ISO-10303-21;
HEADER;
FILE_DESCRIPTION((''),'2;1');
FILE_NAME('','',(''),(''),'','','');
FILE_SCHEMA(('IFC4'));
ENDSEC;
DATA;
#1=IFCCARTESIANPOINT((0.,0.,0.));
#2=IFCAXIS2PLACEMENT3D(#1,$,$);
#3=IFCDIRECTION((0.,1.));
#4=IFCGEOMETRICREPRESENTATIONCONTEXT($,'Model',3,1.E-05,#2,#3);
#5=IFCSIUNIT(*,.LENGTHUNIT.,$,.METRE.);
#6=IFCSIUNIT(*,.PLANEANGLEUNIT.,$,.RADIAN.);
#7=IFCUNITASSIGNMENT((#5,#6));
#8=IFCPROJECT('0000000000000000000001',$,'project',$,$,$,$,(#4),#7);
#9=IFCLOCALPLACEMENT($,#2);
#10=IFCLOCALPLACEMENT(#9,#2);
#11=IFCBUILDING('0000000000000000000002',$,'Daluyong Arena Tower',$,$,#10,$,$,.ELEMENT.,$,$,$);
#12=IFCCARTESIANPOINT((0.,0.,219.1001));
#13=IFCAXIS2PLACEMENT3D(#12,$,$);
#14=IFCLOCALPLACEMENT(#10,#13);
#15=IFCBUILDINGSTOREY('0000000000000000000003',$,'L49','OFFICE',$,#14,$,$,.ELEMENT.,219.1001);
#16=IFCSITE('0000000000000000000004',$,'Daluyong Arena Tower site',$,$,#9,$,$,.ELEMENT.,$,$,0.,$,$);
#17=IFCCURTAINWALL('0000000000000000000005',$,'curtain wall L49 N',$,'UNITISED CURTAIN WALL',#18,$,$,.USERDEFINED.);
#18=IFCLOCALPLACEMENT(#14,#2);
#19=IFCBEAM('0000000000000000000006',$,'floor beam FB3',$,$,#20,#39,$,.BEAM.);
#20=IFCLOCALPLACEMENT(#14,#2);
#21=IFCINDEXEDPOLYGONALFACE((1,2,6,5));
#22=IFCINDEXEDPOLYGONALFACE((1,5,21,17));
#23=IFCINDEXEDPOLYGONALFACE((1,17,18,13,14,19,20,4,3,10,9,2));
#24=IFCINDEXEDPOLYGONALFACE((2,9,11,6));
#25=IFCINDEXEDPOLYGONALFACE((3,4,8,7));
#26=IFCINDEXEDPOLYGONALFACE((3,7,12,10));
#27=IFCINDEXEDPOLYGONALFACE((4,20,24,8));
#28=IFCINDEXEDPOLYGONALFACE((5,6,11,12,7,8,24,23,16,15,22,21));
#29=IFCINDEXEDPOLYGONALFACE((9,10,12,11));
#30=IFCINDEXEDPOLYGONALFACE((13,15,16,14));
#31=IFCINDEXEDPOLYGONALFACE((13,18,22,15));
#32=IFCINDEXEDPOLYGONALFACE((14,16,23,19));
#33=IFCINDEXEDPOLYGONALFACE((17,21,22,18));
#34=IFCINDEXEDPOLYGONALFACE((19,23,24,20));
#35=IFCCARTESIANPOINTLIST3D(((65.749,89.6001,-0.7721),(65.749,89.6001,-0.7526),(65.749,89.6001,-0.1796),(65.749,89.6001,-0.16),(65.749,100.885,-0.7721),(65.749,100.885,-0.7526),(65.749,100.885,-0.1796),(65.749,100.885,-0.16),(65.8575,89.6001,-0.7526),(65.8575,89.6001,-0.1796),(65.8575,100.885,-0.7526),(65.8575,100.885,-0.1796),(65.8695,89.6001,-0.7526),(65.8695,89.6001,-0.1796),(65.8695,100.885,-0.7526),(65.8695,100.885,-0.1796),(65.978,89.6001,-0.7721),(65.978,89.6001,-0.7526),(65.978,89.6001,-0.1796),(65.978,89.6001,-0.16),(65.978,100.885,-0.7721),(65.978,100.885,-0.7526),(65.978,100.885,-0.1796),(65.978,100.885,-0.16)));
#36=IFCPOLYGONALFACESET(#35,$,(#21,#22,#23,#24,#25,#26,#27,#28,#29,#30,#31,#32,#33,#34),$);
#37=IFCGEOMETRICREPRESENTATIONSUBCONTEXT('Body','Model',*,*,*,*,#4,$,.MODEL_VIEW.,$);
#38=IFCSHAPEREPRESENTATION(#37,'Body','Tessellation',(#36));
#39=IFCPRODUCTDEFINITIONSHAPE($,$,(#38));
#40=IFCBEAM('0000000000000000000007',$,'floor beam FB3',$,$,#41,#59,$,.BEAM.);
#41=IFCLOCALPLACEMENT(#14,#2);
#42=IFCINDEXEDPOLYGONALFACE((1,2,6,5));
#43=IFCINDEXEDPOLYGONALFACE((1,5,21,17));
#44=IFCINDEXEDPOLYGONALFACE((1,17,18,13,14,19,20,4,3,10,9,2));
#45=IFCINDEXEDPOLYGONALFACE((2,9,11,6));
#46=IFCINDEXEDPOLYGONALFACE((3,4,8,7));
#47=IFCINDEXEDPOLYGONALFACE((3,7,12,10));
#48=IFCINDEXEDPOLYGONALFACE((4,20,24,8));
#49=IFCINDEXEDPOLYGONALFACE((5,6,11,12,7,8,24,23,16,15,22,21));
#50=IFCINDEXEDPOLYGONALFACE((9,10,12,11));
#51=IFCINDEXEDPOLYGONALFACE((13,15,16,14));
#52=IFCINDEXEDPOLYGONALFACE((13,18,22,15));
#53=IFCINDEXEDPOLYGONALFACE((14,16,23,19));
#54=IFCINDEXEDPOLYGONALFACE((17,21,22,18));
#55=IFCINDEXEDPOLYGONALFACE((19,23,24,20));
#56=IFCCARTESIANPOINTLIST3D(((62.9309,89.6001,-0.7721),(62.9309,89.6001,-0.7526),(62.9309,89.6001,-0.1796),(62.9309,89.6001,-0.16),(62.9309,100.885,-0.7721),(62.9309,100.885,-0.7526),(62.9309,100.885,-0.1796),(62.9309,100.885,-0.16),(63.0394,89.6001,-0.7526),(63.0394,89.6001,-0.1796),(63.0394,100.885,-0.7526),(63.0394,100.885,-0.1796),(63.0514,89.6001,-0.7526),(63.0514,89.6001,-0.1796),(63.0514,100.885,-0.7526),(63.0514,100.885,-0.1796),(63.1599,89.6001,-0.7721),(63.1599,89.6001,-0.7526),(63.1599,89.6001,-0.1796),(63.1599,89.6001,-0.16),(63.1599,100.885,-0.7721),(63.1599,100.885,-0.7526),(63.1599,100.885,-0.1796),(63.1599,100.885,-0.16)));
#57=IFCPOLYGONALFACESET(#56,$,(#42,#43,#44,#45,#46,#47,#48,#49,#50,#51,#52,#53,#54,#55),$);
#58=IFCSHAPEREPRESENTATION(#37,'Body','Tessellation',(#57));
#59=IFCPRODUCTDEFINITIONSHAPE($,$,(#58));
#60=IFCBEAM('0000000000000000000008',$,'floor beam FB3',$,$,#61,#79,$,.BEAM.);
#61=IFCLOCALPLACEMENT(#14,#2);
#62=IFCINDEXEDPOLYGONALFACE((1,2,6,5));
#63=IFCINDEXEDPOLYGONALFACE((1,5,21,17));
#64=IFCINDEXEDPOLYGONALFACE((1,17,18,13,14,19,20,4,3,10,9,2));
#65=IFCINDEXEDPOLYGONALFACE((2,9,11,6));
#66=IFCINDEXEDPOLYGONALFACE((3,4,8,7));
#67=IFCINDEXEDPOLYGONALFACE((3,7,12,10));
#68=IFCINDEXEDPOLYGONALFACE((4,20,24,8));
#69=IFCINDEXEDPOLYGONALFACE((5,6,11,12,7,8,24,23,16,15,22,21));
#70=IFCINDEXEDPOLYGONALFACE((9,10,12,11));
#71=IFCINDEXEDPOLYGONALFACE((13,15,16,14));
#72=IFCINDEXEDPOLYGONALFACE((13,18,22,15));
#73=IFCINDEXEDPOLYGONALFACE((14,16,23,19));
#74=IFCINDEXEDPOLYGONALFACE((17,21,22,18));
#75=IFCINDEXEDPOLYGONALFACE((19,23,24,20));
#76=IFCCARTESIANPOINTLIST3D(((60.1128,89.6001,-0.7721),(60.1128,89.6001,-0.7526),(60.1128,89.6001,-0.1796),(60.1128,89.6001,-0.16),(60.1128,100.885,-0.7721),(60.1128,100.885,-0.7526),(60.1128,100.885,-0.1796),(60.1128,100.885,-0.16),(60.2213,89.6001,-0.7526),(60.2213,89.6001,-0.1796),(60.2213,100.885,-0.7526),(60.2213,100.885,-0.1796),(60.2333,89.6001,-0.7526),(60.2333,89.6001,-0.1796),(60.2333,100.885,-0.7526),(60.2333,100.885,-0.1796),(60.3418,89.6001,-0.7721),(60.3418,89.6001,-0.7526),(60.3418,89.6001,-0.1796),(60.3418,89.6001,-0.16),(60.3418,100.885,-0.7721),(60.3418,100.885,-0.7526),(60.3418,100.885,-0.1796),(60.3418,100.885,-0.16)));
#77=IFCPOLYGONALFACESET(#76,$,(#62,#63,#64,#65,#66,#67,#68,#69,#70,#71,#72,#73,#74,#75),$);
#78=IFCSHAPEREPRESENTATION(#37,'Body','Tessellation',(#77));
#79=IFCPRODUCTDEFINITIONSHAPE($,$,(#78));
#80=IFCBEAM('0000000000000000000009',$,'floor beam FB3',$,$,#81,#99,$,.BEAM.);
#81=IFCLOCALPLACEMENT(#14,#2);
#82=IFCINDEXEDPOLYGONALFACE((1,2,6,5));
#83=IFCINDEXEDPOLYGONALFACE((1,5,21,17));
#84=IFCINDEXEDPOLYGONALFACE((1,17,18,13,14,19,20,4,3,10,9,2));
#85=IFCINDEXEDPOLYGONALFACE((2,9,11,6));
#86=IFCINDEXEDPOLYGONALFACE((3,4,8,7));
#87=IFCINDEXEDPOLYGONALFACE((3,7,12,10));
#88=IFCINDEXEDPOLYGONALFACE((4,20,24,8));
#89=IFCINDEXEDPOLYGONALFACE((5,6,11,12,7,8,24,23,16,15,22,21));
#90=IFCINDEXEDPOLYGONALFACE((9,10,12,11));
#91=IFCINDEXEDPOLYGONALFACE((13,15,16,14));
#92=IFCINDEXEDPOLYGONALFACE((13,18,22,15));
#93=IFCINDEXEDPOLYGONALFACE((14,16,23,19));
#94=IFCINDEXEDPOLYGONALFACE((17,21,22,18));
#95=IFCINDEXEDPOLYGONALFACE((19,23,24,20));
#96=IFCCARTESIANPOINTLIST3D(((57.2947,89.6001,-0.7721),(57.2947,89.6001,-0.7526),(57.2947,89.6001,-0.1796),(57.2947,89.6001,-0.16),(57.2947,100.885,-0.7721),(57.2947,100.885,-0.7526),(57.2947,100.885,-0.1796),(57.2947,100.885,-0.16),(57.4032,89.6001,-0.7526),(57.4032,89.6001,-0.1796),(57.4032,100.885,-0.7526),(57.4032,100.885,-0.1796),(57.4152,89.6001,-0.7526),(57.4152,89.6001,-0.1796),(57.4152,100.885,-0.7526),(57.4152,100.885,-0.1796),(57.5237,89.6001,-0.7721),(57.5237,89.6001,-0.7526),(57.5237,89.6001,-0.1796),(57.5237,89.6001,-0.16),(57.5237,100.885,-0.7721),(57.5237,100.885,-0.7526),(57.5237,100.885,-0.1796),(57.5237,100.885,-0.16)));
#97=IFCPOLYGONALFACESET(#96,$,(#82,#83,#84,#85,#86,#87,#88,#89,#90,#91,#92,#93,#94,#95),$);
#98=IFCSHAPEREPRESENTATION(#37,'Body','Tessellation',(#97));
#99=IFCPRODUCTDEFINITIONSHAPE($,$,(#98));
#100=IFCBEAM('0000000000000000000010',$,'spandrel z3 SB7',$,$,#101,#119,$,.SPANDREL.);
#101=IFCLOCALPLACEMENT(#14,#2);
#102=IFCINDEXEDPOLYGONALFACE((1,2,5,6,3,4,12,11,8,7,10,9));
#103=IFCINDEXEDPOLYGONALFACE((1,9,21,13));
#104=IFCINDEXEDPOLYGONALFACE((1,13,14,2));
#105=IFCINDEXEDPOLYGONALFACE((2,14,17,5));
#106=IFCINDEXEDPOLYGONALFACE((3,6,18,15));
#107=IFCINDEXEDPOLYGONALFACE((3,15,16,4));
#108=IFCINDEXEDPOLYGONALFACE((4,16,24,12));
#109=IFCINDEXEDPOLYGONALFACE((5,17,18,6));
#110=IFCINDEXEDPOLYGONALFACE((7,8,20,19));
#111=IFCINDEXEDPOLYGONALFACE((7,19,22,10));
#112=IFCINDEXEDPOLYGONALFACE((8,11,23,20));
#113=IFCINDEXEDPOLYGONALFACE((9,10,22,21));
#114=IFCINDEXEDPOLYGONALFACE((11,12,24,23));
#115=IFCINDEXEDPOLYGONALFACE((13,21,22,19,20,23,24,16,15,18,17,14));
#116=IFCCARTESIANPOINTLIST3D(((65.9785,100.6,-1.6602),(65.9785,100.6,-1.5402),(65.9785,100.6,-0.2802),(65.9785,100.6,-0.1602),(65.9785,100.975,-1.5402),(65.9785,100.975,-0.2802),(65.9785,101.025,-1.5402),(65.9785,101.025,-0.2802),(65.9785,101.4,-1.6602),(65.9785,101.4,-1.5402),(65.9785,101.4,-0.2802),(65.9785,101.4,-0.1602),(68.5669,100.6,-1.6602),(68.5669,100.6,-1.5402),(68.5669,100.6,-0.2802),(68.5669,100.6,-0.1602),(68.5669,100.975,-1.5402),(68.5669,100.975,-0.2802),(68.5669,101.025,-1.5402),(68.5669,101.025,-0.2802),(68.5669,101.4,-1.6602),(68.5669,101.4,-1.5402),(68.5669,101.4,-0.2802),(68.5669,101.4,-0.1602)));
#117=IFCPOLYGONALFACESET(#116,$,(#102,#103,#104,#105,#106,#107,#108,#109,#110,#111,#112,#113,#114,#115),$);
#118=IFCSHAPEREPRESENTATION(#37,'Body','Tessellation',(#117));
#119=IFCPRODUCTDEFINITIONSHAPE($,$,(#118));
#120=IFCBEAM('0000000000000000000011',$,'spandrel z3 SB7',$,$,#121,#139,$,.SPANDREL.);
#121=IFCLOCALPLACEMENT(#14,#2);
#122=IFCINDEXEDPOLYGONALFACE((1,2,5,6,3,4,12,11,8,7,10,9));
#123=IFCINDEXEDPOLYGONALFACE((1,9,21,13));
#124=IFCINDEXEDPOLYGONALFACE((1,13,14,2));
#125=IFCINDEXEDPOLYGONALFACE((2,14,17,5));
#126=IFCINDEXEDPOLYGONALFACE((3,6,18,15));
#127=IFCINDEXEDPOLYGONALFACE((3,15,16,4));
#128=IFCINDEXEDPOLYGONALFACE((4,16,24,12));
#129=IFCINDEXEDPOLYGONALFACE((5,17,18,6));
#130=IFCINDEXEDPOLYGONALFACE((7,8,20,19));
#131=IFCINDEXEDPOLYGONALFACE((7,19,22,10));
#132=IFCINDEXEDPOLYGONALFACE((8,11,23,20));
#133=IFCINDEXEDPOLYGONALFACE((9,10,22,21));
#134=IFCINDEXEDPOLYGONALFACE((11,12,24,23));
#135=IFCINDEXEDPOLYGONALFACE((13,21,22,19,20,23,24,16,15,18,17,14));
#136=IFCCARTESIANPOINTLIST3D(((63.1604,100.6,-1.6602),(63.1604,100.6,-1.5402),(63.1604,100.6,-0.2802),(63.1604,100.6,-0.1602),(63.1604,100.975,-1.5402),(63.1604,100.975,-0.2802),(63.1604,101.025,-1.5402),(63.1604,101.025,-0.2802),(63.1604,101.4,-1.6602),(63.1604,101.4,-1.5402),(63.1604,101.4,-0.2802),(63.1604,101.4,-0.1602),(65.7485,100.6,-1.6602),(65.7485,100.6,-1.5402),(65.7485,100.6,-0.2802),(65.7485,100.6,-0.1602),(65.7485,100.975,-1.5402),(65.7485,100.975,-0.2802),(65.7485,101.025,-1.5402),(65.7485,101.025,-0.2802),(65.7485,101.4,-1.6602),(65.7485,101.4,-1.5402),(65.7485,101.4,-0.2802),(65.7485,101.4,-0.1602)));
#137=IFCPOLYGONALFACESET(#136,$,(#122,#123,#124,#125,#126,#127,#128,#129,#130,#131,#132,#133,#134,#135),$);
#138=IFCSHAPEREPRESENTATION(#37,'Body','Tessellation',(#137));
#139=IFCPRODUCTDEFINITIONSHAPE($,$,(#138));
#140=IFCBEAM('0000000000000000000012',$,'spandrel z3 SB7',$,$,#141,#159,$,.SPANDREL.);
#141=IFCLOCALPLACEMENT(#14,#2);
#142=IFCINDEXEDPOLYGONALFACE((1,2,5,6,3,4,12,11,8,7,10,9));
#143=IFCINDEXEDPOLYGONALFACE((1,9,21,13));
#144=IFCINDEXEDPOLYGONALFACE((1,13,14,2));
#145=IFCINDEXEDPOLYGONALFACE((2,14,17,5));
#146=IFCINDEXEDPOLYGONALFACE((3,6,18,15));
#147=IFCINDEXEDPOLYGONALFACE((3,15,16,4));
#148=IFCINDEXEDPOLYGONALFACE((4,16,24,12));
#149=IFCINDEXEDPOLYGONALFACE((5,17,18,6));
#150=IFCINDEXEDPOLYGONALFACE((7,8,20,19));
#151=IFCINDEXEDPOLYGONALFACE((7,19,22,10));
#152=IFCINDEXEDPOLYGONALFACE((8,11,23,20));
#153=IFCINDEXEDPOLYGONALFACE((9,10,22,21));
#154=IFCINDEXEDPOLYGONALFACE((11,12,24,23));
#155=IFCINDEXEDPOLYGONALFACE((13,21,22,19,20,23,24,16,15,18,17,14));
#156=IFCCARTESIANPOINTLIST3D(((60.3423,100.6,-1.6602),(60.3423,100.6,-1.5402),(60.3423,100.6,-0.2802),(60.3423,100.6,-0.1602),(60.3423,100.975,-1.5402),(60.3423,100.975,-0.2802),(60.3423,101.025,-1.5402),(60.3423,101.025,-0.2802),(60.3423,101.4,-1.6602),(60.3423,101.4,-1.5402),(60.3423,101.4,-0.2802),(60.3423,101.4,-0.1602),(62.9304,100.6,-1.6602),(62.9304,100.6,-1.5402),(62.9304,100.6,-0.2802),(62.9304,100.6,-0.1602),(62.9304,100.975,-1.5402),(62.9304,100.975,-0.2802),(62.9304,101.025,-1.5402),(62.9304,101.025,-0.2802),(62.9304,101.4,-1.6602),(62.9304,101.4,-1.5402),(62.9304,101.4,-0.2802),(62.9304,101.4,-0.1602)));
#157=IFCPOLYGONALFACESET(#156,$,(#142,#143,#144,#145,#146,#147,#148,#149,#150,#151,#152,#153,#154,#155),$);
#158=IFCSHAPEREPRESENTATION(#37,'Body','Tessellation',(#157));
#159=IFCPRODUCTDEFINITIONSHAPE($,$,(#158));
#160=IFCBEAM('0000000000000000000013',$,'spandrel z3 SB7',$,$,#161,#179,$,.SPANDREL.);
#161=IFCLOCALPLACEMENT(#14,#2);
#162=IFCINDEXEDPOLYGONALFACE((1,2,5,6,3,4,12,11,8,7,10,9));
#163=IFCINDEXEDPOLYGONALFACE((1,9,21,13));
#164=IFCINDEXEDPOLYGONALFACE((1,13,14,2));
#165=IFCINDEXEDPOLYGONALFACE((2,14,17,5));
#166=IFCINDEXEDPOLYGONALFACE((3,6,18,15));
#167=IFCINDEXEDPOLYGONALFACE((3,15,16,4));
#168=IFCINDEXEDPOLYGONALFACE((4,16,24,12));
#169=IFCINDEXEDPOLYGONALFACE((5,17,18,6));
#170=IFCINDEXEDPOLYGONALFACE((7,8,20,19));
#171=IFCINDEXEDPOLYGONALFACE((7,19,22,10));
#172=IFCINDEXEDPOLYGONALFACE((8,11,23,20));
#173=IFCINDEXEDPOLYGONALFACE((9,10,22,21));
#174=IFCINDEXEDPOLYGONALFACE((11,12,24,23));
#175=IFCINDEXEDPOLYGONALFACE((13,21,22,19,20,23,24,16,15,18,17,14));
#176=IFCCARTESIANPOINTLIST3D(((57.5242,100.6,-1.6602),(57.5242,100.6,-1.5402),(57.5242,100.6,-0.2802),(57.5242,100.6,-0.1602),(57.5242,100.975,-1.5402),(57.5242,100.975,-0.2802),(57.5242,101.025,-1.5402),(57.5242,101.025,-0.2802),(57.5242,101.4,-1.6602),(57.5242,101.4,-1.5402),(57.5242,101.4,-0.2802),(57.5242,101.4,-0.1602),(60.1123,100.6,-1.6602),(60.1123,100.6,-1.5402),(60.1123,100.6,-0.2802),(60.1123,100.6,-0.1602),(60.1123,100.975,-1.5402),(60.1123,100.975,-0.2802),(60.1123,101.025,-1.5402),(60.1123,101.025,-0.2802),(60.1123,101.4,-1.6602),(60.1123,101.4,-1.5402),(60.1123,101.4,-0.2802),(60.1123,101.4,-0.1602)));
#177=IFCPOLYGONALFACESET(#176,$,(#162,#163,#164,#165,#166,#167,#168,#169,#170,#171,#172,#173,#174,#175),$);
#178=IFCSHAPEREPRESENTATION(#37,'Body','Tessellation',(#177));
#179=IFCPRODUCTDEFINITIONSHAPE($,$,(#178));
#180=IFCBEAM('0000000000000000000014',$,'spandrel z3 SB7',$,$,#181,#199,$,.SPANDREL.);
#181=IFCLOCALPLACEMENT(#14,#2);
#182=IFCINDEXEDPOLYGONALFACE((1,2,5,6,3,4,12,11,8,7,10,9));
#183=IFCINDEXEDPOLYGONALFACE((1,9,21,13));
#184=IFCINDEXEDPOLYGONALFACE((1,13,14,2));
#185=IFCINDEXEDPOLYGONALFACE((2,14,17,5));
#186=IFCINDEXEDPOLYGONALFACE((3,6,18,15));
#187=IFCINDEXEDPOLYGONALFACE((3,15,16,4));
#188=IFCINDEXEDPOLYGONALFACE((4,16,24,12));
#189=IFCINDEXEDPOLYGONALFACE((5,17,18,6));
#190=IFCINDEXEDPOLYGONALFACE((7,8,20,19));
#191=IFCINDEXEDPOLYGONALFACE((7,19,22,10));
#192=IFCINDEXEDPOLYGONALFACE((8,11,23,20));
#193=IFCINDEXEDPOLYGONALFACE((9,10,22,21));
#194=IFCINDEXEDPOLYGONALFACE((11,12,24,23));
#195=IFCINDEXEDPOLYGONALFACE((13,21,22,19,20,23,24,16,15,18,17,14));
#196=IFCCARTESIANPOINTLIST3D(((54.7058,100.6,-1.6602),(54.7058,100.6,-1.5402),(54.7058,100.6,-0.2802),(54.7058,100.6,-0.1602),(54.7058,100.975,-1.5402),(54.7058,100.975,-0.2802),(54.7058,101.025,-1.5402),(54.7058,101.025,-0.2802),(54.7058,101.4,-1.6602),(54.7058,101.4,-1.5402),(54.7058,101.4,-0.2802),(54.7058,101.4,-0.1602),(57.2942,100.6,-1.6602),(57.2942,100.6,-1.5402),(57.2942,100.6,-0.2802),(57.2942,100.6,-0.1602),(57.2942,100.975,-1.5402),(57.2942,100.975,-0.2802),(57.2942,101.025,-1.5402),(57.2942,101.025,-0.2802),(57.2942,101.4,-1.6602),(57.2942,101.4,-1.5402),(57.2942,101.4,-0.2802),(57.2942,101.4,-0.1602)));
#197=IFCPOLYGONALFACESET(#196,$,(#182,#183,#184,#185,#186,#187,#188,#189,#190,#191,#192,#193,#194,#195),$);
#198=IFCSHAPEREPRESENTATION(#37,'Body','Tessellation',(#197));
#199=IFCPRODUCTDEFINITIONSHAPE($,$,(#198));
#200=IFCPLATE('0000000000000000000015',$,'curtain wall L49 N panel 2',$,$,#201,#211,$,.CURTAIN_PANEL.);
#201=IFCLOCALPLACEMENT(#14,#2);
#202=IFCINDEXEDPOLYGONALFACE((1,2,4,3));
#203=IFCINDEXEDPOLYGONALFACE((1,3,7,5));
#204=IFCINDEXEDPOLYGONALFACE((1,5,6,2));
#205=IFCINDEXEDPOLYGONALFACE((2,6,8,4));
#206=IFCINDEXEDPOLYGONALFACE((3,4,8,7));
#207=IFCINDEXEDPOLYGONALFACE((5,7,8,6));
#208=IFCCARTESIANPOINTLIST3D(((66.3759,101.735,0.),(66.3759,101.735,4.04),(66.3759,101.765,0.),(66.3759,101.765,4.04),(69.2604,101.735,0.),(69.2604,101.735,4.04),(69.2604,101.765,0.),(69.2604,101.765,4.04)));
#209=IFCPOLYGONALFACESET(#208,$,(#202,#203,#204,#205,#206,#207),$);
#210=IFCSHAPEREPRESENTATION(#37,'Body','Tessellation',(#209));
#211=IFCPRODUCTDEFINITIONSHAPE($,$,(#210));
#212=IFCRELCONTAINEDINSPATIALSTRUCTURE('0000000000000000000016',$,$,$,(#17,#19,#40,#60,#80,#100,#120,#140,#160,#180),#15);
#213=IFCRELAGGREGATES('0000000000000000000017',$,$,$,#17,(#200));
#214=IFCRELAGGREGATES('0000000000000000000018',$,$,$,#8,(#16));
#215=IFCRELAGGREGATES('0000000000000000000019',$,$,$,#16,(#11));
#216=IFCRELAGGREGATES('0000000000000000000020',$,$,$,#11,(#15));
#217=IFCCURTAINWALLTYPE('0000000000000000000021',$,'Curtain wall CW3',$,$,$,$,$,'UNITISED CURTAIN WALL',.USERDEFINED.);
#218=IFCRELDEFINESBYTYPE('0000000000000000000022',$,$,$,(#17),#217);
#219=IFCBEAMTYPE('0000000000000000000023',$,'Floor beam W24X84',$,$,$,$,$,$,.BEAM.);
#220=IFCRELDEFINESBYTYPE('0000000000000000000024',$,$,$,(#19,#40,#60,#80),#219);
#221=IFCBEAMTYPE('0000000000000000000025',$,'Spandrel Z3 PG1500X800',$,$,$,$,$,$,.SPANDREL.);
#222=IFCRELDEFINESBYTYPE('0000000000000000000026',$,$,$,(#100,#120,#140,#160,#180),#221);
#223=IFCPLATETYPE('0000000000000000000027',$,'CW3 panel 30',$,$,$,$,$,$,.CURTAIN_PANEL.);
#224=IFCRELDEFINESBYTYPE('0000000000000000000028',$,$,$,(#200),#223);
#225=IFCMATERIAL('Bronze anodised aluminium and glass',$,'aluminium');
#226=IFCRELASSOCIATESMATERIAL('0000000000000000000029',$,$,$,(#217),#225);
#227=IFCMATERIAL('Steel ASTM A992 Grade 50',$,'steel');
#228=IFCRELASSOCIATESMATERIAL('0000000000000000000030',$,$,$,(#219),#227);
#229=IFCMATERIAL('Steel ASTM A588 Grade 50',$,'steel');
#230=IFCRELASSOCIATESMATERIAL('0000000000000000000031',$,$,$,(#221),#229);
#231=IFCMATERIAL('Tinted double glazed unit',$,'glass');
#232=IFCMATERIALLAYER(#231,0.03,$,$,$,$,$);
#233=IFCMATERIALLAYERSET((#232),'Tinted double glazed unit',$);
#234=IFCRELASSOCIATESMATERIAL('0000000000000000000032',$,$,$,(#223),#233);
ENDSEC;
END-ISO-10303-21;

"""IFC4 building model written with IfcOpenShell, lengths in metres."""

from ifc_helpers import new_model, si_unit, direction, frame, origin, origin_2d, place, context, subcontext, project, spatial, rectangle, i_section, extrude, material, layer, layer_set, material_profile, profile_set, type_object, element, aggregate, save


model = new_model("IFC4")

# Units and contexts
model_context = context("Model", 3, precision=1e-05, world=origin(), true_north=direction((0.0, 1.0)))
body_context = subcontext(model_context, "Body", "Model", "MODEL_VIEW")
ifc_project = project(units=[si_unit("LENGTHUNIT", "METRE"), si_unit("PLANEANGLEUNIT", "RADIAN")], contexts=[model_context])

# Site, building, storey
site_placement = place(None, origin())
site = spatial("IfcSite", under=ifc_project, at=site_placement, Name="Daluyong Arena Tower site", CompositionType="ELEMENT", RefElevation=0.0)
building_placement = place(site_placement, origin())
building = spatial("IfcBuilding", under=site, at=building_placement, Name="Daluyong Arena Tower", CompositionType="ELEMENT")
storey_placement = place(building_placement, frame((0.0, 0.0, 219.1001)))
storey = spatial("IfcBuildingStorey", under=building, at=storey_placement, Name="L49", Description="OFFICE", CompositionType="ELEMENT", Elevation=219.1001)

# Curtain wall
ifc_material_1 = material(Name="Bronze anodised aluminium and glass", Category="aluminium")
curtain_wall_type = type_object("IfcCurtainWallType", Name="Curtain wall CW3", ElementType="UNITISED CURTAIN WALL", PredefinedType="USERDEFINED", material=ifc_material_1)
curtain_wall_placement = place(storey_placement, origin())
curtain_wall = element("IfcCurtainWall", 1, at=curtain_wall_placement, inside=storey, type_object=curtain_wall_type, Name="curtain wall L49 N", ObjectType="UNITISED CURTAIN WALL", PredefinedType="USERDEFINED")

# Beams
ifc_material_2 = material(Name="Steel ASTM A992 Grade 50", Category="steel")
ifc_material_profile_1 = material_profile(ifc_material_2, i_section(OverallWidth=0.229, OverallDepth=0.6121, WebThickness=0.012, FlangeThickness=0.0195, at=origin_2d()))
ifc_profile_set_1 = profile_set([ifc_material_profile_1], Name="Steel ASTM A992 Grade 50")
beam_type_1 = type_object("IfcBeamType", Name="Floor beam W24X84", PredefinedType="BEAM", material=ifc_profile_set_1)
for number, where, z_axis, x_axis, name in (
    (2, (65.8635, 100.885, -0.4661), (0.0, -1.0, 0.0), (1.0, 0.0, 0.0), "floor beam FB3"),
    (3, (63.0454, 100.885, -0.4661), (0.0, -1.0, 0.0), (1.0, 0.0, 0.0), "floor beam FB3"),
    (4, (60.2273, 100.885, -0.4661), (0.0, -1.0, 0.0), (1.0, 0.0, 0.0), "floor beam FB3"),
    (5, (57.4092, 100.885, -0.4661), (0.0, -1.0, 0.0), (1.0, 0.0, 0.0), "floor beam FB3"),
):
    element("IfcBeam", number, at=place(storey_placement, frame(where, z_axis=z_axis, x_axis=x_axis)), inside=storey, type_object=beam_type_1, Name=name, PredefinedType="BEAM", context=body_context, shape_type="SweptSolid", body=[
        extrude(i_section(OverallWidth=0.229, OverallDepth=0.6121, WebThickness=0.012, FlangeThickness=0.0195, at=origin_2d()), origin(), (0.0, 0.0, 1.0), 11.2849),
    ])
ifc_material_3 = material(Name="Steel ASTM A588 Grade 50", Category="steel")
ifc_material_profile_2 = material_profile(ifc_material_3, i_section(OverallWidth=0.8, OverallDepth=1.5, WebThickness=0.05, FlangeThickness=0.12, at=origin_2d()))
ifc_profile_set_2 = profile_set([ifc_material_profile_2], Name="Steel ASTM A588 Grade 50")
beam_type_2 = type_object("IfcBeamType", Name="Spandrel Z3 PG1500X800", PredefinedType="SPANDREL", material=ifc_profile_set_2)
beam_1_placement = place(storey_placement, frame((68.5669, 101.0, -0.9102), z_axis=(-1.0, 0.0, 0.0), x_axis=(0.0, -1.0, 0.0)))
element("IfcBeam", 6, at=beam_1_placement, inside=storey, type_object=beam_type_2, Name="spandrel z3 SB7", PredefinedType="SPANDREL", context=body_context, shape_type="SweptSolid", body=[
    extrude(i_section(OverallWidth=0.8, OverallDepth=1.5, WebThickness=0.05, FlangeThickness=0.12, at=origin_2d()), origin(), (0.0, 0.0, 1.0), 2.5884),
])
for number, where, z_axis, x_axis, name in (
    (7, (65.7485, 101.0, -0.9102), (-1.0, 0.0, 0.0), (0.0, -1.0, 0.0), "spandrel z3 SB7"),
    (8, (62.9304, 101.0, -0.9102), (-1.0, 0.0, 0.0), (0.0, -1.0, 0.0), "spandrel z3 SB7"),
    (9, (60.1123, 101.0, -0.9102), (-1.0, 0.0, 0.0), (0.0, -1.0, 0.0), "spandrel z3 SB7"),
):
    element("IfcBeam", number, at=place(storey_placement, frame(where, z_axis=z_axis, x_axis=x_axis)), inside=storey, type_object=beam_type_2, Name=name, PredefinedType="SPANDREL", context=body_context, shape_type="SweptSolid", body=[
        extrude(i_section(OverallWidth=0.8, OverallDepth=1.5, WebThickness=0.05, FlangeThickness=0.12, at=origin_2d()), origin(), (0.0, 0.0, 1.0), 2.5881),
    ])
beam_2_placement = place(storey_placement, frame((57.2942, 101.0, -0.9102), z_axis=(-1.0, 0.0, 0.0), x_axis=(0.0, -1.0, 0.0)))
element("IfcBeam", 10, at=beam_2_placement, inside=storey, type_object=beam_type_2, Name="spandrel z3 SB7", PredefinedType="SPANDREL", context=body_context, shape_type="SweptSolid", body=[
    extrude(i_section(OverallWidth=0.8, OverallDepth=1.5, WebThickness=0.05, FlangeThickness=0.12, at=origin_2d()), origin(), (0.0, 0.0, 1.0), 2.5884),
])

# Plate
ifc_material_4 = material(Name="Tinted double glazed unit", Category="glass")
ifc_layer_1 = layer(ifc_material_4, 0.03)
ifc_layer_set_1 = layer_set([ifc_layer_1], Name="Tinted double glazed unit")
plate_type = type_object("IfcPlateType", Name="CW3 panel 30", PredefinedType="CURTAIN_PANEL", material=ifc_layer_set_1)
plate_1_placement = place(storey_placement, frame((67.8181, 101.75, 0.0), z_axis=(0.0, 0.0, 1.0), x_axis=(-1.0, 0.0, 0.0)))
plate_1 = element("IfcPlate", 11, at=plate_1_placement, type_object=plate_type, Name="curtain wall L49 N panel 2", PredefinedType="CURTAIN_PANEL", context=body_context, shape_type="SweptSolid", body=[
    extrude(rectangle(XDim=2.8845, YDim=0.03, at=origin_2d()), origin(), (0.0, 0.0, 1.0), 4.04),
])
aggregate(curtain_wall, [plate_1])

save(model, "model.ifc")
